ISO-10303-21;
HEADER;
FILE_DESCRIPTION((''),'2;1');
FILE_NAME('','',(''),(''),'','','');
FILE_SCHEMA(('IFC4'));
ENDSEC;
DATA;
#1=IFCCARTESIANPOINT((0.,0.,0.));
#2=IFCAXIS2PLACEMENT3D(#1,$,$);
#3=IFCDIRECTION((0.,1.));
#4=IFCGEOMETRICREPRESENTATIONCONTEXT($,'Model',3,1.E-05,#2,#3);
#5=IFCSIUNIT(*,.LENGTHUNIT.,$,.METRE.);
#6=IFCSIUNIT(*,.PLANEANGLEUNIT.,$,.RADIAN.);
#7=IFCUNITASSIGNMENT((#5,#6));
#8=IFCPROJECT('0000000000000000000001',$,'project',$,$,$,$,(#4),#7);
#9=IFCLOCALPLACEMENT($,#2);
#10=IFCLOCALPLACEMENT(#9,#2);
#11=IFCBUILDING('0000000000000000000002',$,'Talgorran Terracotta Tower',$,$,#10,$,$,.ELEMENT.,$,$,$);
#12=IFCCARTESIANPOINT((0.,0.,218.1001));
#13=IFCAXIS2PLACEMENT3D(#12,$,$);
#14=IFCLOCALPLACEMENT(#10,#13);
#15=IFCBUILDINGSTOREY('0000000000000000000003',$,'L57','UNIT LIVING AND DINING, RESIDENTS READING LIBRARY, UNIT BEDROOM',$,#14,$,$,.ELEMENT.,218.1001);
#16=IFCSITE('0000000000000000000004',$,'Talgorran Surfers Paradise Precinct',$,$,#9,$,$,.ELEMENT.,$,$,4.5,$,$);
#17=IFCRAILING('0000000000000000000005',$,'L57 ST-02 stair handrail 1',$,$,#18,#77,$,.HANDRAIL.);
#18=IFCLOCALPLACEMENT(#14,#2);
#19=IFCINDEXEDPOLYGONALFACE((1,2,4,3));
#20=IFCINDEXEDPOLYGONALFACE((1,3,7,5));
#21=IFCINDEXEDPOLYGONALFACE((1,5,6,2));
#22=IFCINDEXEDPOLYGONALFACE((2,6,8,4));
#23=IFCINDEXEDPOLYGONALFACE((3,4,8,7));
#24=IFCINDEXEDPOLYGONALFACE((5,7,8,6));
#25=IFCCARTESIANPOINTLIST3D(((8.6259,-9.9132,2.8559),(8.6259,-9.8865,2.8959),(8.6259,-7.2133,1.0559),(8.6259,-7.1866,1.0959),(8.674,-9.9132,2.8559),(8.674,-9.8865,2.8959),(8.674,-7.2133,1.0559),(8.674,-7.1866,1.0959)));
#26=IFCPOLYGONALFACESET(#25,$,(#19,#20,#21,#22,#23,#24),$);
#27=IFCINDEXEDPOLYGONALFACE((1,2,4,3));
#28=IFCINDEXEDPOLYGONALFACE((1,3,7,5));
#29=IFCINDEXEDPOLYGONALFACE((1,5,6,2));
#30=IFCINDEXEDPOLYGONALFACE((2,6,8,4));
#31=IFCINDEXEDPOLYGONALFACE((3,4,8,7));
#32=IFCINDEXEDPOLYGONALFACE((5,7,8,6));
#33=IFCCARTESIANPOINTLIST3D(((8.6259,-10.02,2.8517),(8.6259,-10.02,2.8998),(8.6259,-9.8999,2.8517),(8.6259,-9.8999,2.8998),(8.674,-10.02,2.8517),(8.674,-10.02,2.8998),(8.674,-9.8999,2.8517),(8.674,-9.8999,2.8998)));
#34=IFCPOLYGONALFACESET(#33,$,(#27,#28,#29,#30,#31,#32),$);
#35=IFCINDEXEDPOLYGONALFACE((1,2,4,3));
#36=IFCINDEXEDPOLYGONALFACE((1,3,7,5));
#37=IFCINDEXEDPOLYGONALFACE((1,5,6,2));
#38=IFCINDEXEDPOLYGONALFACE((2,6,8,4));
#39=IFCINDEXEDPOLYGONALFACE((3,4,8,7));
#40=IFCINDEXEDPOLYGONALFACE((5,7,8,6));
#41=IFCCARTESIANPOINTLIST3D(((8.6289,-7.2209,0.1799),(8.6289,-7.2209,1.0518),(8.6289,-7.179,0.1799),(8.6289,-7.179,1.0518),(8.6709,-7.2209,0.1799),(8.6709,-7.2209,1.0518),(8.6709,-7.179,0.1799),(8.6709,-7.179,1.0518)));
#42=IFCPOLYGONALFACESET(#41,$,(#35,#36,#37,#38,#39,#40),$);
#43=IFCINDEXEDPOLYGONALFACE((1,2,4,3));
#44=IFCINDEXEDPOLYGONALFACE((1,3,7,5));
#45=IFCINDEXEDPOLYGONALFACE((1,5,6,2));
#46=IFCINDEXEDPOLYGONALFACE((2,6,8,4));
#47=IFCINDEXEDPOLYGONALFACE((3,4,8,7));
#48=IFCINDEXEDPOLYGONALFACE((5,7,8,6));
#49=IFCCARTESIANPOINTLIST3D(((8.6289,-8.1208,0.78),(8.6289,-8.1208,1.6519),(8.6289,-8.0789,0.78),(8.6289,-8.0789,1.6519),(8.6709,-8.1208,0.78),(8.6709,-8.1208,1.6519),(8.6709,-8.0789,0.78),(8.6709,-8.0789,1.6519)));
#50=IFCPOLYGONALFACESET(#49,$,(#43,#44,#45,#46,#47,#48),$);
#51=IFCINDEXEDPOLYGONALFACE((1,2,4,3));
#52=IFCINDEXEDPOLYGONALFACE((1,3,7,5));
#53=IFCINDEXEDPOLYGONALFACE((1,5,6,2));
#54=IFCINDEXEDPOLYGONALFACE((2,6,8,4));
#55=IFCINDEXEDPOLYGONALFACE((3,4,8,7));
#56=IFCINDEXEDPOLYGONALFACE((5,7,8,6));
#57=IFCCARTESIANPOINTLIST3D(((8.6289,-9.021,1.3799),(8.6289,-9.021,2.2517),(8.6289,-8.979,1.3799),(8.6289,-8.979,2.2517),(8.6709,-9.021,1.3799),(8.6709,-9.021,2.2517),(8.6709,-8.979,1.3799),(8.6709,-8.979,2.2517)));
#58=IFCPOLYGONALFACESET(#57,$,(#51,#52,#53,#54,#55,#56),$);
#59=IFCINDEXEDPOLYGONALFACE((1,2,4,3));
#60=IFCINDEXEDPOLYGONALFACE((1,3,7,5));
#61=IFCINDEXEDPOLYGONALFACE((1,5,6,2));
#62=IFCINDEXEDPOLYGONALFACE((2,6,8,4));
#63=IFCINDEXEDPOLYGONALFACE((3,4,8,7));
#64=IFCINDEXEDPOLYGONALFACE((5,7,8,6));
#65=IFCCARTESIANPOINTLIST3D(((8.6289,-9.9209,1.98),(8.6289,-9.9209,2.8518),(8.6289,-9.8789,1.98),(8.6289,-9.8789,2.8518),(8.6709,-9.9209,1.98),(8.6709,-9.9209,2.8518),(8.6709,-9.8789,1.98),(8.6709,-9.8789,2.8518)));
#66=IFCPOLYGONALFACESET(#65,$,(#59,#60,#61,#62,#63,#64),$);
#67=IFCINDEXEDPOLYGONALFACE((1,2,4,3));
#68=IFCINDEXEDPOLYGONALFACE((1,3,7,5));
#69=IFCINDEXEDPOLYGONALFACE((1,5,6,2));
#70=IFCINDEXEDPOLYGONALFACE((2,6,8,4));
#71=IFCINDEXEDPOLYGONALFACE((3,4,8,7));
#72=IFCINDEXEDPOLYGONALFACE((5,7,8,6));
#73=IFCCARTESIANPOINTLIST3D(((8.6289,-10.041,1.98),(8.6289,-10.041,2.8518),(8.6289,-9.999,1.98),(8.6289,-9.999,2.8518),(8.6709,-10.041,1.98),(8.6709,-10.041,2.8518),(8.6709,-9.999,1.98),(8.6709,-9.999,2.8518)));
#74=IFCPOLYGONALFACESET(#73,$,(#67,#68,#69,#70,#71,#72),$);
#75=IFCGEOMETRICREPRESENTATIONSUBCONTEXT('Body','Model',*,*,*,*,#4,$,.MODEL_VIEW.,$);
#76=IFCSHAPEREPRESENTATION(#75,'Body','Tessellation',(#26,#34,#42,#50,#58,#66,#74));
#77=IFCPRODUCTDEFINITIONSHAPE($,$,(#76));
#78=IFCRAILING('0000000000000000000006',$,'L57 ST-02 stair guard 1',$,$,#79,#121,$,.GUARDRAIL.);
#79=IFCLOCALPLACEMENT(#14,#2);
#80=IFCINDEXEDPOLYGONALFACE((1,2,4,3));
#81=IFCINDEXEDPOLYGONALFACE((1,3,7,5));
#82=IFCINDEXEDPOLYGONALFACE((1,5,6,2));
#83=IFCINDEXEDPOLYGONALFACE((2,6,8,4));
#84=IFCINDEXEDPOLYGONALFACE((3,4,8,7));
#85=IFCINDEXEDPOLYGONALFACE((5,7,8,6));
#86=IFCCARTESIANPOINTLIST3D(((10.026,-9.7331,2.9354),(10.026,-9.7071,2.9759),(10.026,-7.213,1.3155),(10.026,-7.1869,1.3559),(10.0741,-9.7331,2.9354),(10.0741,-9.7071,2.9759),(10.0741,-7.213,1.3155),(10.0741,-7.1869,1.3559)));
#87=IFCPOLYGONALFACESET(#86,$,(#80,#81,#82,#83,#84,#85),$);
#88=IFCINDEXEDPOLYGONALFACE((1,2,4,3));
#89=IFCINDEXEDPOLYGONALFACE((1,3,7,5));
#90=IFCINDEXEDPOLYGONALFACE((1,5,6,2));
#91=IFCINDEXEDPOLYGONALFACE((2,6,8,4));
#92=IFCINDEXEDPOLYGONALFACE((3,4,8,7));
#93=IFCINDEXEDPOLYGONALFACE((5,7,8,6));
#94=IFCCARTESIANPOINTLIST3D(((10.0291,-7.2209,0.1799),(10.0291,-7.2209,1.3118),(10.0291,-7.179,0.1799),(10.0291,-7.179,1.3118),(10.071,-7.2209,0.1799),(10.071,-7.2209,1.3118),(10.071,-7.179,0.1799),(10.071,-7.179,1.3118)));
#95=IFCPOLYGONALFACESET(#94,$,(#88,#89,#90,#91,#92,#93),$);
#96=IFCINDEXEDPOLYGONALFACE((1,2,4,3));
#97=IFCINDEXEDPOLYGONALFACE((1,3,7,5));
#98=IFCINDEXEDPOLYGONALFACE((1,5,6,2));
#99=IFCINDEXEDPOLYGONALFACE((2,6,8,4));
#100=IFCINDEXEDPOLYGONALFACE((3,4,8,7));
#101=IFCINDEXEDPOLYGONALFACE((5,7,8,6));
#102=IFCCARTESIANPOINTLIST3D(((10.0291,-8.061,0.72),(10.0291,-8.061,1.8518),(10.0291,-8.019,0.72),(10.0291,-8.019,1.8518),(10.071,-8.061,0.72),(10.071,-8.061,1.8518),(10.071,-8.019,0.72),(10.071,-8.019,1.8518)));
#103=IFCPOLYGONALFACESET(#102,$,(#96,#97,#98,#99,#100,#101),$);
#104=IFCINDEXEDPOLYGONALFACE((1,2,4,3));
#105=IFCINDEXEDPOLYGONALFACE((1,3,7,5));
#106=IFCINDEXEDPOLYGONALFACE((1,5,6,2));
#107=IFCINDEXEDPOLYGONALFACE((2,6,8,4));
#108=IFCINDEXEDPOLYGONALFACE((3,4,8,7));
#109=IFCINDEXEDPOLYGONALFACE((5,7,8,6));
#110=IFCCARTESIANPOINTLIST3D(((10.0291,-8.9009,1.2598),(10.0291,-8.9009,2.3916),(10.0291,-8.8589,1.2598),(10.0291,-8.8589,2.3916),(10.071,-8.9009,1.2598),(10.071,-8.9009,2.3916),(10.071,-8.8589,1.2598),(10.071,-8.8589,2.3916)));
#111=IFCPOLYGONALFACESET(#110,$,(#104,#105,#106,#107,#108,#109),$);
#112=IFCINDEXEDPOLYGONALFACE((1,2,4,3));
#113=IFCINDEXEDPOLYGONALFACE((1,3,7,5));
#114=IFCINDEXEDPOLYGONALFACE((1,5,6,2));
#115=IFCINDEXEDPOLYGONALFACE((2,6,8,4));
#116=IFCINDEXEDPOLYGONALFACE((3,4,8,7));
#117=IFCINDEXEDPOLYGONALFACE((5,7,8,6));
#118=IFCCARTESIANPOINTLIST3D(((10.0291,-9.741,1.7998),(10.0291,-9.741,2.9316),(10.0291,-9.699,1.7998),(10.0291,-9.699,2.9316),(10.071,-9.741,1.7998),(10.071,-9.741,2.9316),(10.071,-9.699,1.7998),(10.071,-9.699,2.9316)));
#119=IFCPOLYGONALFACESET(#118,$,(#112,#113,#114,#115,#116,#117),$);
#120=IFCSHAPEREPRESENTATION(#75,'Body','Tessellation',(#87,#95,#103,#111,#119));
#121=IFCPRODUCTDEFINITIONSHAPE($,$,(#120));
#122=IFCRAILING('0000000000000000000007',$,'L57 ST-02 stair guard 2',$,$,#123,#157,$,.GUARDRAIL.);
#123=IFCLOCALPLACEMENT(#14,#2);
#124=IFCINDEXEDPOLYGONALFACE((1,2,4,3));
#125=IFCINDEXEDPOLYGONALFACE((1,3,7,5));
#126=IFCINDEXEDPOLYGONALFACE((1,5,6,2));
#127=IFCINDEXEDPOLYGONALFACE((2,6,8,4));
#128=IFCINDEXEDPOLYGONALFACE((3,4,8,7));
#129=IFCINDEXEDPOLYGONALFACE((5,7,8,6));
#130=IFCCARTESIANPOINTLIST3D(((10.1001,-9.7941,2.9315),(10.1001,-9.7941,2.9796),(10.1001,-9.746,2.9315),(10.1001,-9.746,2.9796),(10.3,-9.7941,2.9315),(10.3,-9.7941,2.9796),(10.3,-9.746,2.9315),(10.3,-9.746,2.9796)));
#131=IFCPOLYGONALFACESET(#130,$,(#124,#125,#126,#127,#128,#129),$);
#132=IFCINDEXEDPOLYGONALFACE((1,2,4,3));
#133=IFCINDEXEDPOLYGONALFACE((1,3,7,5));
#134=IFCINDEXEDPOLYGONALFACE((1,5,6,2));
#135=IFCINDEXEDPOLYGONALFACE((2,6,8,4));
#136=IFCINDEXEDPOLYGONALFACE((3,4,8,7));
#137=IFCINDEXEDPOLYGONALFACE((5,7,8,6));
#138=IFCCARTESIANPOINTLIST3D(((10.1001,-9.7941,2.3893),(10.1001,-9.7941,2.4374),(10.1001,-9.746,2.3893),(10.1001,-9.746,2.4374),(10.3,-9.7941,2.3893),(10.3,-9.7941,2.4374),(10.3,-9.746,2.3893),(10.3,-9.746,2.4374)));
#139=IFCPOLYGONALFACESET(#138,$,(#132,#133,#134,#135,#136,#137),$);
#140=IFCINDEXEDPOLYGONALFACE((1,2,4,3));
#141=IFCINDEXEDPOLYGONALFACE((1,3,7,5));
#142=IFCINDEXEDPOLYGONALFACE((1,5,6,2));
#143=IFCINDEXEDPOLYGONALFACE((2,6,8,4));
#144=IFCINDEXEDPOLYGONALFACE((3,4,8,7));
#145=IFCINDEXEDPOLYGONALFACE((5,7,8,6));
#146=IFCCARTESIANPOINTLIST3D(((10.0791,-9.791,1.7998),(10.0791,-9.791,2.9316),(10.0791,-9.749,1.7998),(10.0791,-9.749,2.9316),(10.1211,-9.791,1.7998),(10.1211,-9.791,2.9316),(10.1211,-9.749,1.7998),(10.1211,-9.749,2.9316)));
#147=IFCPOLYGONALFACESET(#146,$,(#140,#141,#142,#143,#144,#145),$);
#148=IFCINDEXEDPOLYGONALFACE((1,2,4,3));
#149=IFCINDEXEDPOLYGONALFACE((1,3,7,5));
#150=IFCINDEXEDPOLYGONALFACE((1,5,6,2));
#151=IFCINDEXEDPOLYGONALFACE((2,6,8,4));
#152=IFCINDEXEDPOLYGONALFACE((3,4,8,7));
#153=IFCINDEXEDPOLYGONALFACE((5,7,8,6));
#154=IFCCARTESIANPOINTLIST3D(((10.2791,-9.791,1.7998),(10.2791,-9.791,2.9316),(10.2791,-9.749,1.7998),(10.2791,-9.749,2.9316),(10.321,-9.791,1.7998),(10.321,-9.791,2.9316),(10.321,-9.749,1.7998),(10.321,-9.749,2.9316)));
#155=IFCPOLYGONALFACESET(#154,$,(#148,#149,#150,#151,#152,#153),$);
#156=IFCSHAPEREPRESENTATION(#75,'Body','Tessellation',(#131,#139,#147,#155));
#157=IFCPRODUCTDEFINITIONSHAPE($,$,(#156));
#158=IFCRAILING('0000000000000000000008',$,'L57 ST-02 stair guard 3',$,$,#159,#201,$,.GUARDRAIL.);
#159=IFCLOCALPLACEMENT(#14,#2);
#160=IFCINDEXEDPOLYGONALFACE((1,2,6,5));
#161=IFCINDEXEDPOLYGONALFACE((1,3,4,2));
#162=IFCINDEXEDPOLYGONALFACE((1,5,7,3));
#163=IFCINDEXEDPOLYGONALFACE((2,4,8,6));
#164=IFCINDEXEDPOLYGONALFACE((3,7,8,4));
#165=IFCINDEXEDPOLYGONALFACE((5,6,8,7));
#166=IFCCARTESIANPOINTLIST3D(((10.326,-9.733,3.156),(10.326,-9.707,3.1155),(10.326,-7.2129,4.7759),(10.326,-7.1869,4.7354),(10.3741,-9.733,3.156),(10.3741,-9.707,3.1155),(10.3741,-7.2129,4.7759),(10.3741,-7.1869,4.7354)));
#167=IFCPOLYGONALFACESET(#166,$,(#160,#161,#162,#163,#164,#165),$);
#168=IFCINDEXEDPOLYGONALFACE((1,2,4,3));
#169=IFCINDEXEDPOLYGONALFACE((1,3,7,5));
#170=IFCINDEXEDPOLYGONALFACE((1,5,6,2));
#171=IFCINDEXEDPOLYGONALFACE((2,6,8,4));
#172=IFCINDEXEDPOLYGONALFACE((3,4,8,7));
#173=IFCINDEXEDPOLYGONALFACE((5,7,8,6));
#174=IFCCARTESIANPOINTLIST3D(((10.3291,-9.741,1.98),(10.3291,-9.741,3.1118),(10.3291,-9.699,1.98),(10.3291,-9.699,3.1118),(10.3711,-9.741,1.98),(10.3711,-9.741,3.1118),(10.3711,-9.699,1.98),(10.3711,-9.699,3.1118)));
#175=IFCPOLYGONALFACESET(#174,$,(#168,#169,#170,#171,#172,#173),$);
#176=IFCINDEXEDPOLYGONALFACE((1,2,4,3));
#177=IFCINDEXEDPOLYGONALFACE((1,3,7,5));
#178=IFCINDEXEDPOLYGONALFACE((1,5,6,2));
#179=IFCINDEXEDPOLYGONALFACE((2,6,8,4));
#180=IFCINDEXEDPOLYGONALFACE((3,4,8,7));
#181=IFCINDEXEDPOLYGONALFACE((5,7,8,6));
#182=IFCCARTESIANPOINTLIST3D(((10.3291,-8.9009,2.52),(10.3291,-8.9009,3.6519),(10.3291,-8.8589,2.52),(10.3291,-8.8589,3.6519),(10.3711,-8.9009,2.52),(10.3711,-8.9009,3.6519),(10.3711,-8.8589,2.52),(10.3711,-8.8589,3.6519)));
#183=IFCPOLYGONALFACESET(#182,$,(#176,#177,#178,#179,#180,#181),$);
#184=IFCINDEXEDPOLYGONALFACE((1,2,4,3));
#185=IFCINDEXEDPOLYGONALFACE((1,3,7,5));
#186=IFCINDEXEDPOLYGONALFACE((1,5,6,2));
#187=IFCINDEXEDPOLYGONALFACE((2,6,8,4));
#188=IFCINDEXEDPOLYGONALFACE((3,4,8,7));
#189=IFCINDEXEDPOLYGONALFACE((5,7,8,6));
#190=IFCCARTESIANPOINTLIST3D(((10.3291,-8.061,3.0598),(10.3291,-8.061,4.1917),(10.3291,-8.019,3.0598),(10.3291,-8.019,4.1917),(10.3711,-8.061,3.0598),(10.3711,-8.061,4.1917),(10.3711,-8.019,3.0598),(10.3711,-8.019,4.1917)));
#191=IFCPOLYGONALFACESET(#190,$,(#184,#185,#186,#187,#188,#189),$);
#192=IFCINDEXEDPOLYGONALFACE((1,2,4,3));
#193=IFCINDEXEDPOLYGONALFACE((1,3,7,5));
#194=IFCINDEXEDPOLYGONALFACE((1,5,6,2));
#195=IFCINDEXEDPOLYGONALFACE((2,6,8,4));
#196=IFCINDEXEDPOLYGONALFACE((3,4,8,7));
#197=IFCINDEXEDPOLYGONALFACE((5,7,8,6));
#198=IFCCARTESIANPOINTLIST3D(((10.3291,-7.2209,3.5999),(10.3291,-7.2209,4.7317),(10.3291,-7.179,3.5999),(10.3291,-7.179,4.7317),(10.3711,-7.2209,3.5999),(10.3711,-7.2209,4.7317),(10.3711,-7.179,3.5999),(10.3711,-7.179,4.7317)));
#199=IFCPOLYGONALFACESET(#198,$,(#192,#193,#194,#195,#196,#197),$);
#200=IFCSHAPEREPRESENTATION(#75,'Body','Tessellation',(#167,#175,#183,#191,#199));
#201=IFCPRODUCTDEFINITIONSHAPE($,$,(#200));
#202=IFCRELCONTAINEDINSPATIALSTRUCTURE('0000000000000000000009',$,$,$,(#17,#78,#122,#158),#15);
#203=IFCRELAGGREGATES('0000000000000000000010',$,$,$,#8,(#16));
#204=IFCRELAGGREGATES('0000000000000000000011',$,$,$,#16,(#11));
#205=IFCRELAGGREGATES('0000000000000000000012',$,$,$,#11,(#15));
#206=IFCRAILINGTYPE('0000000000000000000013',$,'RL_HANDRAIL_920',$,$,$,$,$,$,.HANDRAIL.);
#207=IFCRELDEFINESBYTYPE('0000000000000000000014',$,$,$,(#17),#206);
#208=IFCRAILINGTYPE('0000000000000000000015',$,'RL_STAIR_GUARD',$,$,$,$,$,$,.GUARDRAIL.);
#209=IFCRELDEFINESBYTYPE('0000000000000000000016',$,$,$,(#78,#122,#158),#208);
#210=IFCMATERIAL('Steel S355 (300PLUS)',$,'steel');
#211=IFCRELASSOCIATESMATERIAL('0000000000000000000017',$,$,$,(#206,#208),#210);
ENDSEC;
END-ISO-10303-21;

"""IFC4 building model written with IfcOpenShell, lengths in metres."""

from ifc_helpers import new_model, si_unit, direction, frame, origin, origin_2d, place, context, subcontext, project, spatial, rectangle, extrude, material, type_object, element, save


model = new_model("IFC4")

# Units and contexts
model_context = context("Model", 3, precision=1e-05, world=origin(), true_north=direction((0.0, 1.0)))
body_context = subcontext(model_context, "Body", "Model", "MODEL_VIEW")
ifc_project = project(units=[si_unit("LENGTHUNIT", "METRE"), si_unit("PLANEANGLEUNIT", "RADIAN")], contexts=[model_context])

# Site, building, storey
site_placement = place(None, origin())
site = spatial("IfcSite", under=ifc_project, at=site_placement, Name="Talgorran Surfers Paradise Precinct", CompositionType="ELEMENT", RefElevation=4.5)
building_placement = place(site_placement, origin())
building = spatial("IfcBuilding", under=site, at=building_placement, Name="Talgorran Terracotta Tower", CompositionType="ELEMENT")
storey_placement = place(building_placement, frame((0.0, 0.0, 218.1001)))
storey = spatial("IfcBuildingStorey", under=building, at=storey_placement, Name="L57", Description="UNIT LIVING AND DINING, RESIDENTS READING LIBRARY, UNIT BEDROOM", CompositionType="ELEMENT", Elevation=218.1001)

# Shared definitions
ifc_material_1 = material(Name="Steel S355 (300PLUS)", Category="steel")

# Railings
railing_type_1 = type_object("IfcRailingType", Name="RL_HANDRAIL_920", PredefinedType="HANDRAIL", material=ifc_material_1)
railing_1_placement = place(storey_placement, frame((8.6499, -7.2, 0.1799)))
element("IfcRailing", 1, at=railing_1_placement, inside=storey, type_object=railing_type_1, Name="L57 ST-02 stair handrail 1", PredefinedType="HANDRAIL", context=body_context, shape_type="SweptSolid", body=[
    extrude(rectangle(XDim=0.0481, YDim=0.0481, at=origin_2d()), frame((0.0, 0.0, 0.896), z_axis=(0.0, -0.832039, 0.554718), x_axis=(1.0, 0.0, 0.0)), (0.0, 0.0, 1.0), 3.2449),
    extrude(rectangle(XDim=0.0481, YDim=0.0481, at=origin_2d()), frame((0.0, -2.7, 2.6958), z_axis=(0.0, -1.0, 0.0), x_axis=(1.0, 0.0, 0.0)), (0.0, 0.0, 1.0), 0.1201),
    extrude(rectangle(XDim=0.042, YDim=0.042, at=origin_2d()), origin(), (0.0, 0.0, 1.0), 0.8718),
    extrude(rectangle(XDim=0.042, YDim=0.042, at=origin_2d()), frame((0.0, -0.8999, 0.6001)), (0.0, 0.0, 1.0), 0.8718),
    extrude(rectangle(XDim=0.042, YDim=0.042, at=origin_2d()), frame((0.0, -1.8, 1.2)), (0.0, 0.0, 1.0), 0.8718),
    extrude(rectangle(XDim=0.042, YDim=0.042, at=origin_2d()), frame((0.0, -2.7, 1.8)), (0.0, 0.0, 1.0), 0.8718),
    extrude(rectangle(XDim=0.042, YDim=0.042, at=origin_2d()), frame((0.0, -2.8201, 1.8)), (0.0, 0.0, 1.0), 0.8718),
])
railing_type_2 = type_object("IfcRailingType", Name="RL_STAIR_GUARD", PredefinedType="GUARDRAIL", material=ifc_material_1)
railing_2_placement = place(storey_placement, frame((10.05, -7.2, 0.1799)))
element("IfcRailing", 2, at=railing_2_placement, inside=storey, type_object=railing_type_2, Name="L57 ST-02 stair guard 1", PredefinedType="GUARDRAIL", context=body_context, shape_type="SweptSolid", body=[
    extrude(rectangle(XDim=0.0481, YDim=0.0481, at=origin_2d()), frame((0.0, 0.0, 1.1558), z_axis=(0.0, -0.8412, 0.540725), x_axis=(1.0, 0.0, 0.0)), (0.0, 0.0, 1.0), 2.9958),
    extrude(rectangle(XDim=0.042, YDim=0.042, at=origin_2d()), origin(), (0.0, 0.0, 1.0), 1.1318),
    extrude(rectangle(XDim=0.042, YDim=0.042, at=origin_2d()), frame((0.0, -0.8401, 0.54)), (0.0, 0.0, 1.0), 1.1318),
    extrude(rectangle(XDim=0.042, YDim=0.042, at=origin_2d()), frame((0.0, -1.6799, 1.0798)), (0.0, 0.0, 1.0), 1.1318),
    extrude(rectangle(XDim=0.042, YDim=0.042, at=origin_2d()), frame((0.0, -2.52, 1.6199)), (0.0, 0.0, 1.0), 1.1318),
])
railing_3_placement = place(storey_placement, frame((10.1001, -9.77, 1.7998)))
element("IfcRailing", 3, at=railing_3_placement, inside=storey, type_object=railing_type_2, Name="L57 ST-02 stair guard 2", PredefinedType="GUARDRAIL", context=body_context, shape_type="SweptSolid", body=[
    extrude(rectangle(XDim=0.0481, YDim=0.0481, at=origin_2d()), frame((0.0, 0.0, 1.1558), z_axis=(1.0, 0.0, 0.0), x_axis=(0.0, 1.0, 0.0)), (0.0, 0.0, 1.0), 0.2),
    extrude(rectangle(XDim=0.0481, YDim=0.0481, at=origin_2d()), frame((0.0, 0.0, 0.6135), z_axis=(1.0, 0.0, 0.0), x_axis=(0.0, 1.0, 0.0)), (0.0, 0.0, 1.0), 0.2),
    extrude(rectangle(XDim=0.042, YDim=0.042, at=origin_2d()), origin(), (0.0, 0.0, 1.0), 1.1318),
    extrude(rectangle(XDim=0.042, YDim=0.042, at=origin_2d()), frame((0.2, 0.0, 0.0)), (0.0, 0.0, 1.0), 1.1318),
])
railing_4_placement = place(storey_placement, frame((10.3501, -9.72, 1.98)))
element("IfcRailing", 4, at=railing_4_placement, inside=storey, type_object=railing_type_2, Name="L57 ST-02 stair guard 3", PredefinedType="GUARDRAIL", context=body_context, shape_type="SweptSolid", body=[
    extrude(rectangle(XDim=0.0481, YDim=0.0481, at=origin_2d()), frame((0.0, 0.0, 1.1558), z_axis=(0.0, 0.8412, 0.540725), x_axis=(-1.0, 0.0, 0.0)), (0.0, 0.0, 1.0), 2.9958),
    extrude(rectangle(XDim=0.042, YDim=0.042, at=origin_2d()), origin(), (0.0, 0.0, 1.0), 1.1318),
    extrude(rectangle(XDim=0.042, YDim=0.042, at=origin_2d()), frame((0.0, 0.8401, 0.54)), (0.0, 0.0, 1.0), 1.1318),
    extrude(rectangle(XDim=0.042, YDim=0.042, at=origin_2d()), frame((0.0, 1.6799, 1.0798)), (0.0, 0.0, 1.0), 1.1318),
    extrude(rectangle(XDim=0.042, YDim=0.042, at=origin_2d()), frame((0.0, 2.52, 1.6199)), (0.0, 0.0, 1.0), 1.1318),
])

save(model, "model.ifc")
